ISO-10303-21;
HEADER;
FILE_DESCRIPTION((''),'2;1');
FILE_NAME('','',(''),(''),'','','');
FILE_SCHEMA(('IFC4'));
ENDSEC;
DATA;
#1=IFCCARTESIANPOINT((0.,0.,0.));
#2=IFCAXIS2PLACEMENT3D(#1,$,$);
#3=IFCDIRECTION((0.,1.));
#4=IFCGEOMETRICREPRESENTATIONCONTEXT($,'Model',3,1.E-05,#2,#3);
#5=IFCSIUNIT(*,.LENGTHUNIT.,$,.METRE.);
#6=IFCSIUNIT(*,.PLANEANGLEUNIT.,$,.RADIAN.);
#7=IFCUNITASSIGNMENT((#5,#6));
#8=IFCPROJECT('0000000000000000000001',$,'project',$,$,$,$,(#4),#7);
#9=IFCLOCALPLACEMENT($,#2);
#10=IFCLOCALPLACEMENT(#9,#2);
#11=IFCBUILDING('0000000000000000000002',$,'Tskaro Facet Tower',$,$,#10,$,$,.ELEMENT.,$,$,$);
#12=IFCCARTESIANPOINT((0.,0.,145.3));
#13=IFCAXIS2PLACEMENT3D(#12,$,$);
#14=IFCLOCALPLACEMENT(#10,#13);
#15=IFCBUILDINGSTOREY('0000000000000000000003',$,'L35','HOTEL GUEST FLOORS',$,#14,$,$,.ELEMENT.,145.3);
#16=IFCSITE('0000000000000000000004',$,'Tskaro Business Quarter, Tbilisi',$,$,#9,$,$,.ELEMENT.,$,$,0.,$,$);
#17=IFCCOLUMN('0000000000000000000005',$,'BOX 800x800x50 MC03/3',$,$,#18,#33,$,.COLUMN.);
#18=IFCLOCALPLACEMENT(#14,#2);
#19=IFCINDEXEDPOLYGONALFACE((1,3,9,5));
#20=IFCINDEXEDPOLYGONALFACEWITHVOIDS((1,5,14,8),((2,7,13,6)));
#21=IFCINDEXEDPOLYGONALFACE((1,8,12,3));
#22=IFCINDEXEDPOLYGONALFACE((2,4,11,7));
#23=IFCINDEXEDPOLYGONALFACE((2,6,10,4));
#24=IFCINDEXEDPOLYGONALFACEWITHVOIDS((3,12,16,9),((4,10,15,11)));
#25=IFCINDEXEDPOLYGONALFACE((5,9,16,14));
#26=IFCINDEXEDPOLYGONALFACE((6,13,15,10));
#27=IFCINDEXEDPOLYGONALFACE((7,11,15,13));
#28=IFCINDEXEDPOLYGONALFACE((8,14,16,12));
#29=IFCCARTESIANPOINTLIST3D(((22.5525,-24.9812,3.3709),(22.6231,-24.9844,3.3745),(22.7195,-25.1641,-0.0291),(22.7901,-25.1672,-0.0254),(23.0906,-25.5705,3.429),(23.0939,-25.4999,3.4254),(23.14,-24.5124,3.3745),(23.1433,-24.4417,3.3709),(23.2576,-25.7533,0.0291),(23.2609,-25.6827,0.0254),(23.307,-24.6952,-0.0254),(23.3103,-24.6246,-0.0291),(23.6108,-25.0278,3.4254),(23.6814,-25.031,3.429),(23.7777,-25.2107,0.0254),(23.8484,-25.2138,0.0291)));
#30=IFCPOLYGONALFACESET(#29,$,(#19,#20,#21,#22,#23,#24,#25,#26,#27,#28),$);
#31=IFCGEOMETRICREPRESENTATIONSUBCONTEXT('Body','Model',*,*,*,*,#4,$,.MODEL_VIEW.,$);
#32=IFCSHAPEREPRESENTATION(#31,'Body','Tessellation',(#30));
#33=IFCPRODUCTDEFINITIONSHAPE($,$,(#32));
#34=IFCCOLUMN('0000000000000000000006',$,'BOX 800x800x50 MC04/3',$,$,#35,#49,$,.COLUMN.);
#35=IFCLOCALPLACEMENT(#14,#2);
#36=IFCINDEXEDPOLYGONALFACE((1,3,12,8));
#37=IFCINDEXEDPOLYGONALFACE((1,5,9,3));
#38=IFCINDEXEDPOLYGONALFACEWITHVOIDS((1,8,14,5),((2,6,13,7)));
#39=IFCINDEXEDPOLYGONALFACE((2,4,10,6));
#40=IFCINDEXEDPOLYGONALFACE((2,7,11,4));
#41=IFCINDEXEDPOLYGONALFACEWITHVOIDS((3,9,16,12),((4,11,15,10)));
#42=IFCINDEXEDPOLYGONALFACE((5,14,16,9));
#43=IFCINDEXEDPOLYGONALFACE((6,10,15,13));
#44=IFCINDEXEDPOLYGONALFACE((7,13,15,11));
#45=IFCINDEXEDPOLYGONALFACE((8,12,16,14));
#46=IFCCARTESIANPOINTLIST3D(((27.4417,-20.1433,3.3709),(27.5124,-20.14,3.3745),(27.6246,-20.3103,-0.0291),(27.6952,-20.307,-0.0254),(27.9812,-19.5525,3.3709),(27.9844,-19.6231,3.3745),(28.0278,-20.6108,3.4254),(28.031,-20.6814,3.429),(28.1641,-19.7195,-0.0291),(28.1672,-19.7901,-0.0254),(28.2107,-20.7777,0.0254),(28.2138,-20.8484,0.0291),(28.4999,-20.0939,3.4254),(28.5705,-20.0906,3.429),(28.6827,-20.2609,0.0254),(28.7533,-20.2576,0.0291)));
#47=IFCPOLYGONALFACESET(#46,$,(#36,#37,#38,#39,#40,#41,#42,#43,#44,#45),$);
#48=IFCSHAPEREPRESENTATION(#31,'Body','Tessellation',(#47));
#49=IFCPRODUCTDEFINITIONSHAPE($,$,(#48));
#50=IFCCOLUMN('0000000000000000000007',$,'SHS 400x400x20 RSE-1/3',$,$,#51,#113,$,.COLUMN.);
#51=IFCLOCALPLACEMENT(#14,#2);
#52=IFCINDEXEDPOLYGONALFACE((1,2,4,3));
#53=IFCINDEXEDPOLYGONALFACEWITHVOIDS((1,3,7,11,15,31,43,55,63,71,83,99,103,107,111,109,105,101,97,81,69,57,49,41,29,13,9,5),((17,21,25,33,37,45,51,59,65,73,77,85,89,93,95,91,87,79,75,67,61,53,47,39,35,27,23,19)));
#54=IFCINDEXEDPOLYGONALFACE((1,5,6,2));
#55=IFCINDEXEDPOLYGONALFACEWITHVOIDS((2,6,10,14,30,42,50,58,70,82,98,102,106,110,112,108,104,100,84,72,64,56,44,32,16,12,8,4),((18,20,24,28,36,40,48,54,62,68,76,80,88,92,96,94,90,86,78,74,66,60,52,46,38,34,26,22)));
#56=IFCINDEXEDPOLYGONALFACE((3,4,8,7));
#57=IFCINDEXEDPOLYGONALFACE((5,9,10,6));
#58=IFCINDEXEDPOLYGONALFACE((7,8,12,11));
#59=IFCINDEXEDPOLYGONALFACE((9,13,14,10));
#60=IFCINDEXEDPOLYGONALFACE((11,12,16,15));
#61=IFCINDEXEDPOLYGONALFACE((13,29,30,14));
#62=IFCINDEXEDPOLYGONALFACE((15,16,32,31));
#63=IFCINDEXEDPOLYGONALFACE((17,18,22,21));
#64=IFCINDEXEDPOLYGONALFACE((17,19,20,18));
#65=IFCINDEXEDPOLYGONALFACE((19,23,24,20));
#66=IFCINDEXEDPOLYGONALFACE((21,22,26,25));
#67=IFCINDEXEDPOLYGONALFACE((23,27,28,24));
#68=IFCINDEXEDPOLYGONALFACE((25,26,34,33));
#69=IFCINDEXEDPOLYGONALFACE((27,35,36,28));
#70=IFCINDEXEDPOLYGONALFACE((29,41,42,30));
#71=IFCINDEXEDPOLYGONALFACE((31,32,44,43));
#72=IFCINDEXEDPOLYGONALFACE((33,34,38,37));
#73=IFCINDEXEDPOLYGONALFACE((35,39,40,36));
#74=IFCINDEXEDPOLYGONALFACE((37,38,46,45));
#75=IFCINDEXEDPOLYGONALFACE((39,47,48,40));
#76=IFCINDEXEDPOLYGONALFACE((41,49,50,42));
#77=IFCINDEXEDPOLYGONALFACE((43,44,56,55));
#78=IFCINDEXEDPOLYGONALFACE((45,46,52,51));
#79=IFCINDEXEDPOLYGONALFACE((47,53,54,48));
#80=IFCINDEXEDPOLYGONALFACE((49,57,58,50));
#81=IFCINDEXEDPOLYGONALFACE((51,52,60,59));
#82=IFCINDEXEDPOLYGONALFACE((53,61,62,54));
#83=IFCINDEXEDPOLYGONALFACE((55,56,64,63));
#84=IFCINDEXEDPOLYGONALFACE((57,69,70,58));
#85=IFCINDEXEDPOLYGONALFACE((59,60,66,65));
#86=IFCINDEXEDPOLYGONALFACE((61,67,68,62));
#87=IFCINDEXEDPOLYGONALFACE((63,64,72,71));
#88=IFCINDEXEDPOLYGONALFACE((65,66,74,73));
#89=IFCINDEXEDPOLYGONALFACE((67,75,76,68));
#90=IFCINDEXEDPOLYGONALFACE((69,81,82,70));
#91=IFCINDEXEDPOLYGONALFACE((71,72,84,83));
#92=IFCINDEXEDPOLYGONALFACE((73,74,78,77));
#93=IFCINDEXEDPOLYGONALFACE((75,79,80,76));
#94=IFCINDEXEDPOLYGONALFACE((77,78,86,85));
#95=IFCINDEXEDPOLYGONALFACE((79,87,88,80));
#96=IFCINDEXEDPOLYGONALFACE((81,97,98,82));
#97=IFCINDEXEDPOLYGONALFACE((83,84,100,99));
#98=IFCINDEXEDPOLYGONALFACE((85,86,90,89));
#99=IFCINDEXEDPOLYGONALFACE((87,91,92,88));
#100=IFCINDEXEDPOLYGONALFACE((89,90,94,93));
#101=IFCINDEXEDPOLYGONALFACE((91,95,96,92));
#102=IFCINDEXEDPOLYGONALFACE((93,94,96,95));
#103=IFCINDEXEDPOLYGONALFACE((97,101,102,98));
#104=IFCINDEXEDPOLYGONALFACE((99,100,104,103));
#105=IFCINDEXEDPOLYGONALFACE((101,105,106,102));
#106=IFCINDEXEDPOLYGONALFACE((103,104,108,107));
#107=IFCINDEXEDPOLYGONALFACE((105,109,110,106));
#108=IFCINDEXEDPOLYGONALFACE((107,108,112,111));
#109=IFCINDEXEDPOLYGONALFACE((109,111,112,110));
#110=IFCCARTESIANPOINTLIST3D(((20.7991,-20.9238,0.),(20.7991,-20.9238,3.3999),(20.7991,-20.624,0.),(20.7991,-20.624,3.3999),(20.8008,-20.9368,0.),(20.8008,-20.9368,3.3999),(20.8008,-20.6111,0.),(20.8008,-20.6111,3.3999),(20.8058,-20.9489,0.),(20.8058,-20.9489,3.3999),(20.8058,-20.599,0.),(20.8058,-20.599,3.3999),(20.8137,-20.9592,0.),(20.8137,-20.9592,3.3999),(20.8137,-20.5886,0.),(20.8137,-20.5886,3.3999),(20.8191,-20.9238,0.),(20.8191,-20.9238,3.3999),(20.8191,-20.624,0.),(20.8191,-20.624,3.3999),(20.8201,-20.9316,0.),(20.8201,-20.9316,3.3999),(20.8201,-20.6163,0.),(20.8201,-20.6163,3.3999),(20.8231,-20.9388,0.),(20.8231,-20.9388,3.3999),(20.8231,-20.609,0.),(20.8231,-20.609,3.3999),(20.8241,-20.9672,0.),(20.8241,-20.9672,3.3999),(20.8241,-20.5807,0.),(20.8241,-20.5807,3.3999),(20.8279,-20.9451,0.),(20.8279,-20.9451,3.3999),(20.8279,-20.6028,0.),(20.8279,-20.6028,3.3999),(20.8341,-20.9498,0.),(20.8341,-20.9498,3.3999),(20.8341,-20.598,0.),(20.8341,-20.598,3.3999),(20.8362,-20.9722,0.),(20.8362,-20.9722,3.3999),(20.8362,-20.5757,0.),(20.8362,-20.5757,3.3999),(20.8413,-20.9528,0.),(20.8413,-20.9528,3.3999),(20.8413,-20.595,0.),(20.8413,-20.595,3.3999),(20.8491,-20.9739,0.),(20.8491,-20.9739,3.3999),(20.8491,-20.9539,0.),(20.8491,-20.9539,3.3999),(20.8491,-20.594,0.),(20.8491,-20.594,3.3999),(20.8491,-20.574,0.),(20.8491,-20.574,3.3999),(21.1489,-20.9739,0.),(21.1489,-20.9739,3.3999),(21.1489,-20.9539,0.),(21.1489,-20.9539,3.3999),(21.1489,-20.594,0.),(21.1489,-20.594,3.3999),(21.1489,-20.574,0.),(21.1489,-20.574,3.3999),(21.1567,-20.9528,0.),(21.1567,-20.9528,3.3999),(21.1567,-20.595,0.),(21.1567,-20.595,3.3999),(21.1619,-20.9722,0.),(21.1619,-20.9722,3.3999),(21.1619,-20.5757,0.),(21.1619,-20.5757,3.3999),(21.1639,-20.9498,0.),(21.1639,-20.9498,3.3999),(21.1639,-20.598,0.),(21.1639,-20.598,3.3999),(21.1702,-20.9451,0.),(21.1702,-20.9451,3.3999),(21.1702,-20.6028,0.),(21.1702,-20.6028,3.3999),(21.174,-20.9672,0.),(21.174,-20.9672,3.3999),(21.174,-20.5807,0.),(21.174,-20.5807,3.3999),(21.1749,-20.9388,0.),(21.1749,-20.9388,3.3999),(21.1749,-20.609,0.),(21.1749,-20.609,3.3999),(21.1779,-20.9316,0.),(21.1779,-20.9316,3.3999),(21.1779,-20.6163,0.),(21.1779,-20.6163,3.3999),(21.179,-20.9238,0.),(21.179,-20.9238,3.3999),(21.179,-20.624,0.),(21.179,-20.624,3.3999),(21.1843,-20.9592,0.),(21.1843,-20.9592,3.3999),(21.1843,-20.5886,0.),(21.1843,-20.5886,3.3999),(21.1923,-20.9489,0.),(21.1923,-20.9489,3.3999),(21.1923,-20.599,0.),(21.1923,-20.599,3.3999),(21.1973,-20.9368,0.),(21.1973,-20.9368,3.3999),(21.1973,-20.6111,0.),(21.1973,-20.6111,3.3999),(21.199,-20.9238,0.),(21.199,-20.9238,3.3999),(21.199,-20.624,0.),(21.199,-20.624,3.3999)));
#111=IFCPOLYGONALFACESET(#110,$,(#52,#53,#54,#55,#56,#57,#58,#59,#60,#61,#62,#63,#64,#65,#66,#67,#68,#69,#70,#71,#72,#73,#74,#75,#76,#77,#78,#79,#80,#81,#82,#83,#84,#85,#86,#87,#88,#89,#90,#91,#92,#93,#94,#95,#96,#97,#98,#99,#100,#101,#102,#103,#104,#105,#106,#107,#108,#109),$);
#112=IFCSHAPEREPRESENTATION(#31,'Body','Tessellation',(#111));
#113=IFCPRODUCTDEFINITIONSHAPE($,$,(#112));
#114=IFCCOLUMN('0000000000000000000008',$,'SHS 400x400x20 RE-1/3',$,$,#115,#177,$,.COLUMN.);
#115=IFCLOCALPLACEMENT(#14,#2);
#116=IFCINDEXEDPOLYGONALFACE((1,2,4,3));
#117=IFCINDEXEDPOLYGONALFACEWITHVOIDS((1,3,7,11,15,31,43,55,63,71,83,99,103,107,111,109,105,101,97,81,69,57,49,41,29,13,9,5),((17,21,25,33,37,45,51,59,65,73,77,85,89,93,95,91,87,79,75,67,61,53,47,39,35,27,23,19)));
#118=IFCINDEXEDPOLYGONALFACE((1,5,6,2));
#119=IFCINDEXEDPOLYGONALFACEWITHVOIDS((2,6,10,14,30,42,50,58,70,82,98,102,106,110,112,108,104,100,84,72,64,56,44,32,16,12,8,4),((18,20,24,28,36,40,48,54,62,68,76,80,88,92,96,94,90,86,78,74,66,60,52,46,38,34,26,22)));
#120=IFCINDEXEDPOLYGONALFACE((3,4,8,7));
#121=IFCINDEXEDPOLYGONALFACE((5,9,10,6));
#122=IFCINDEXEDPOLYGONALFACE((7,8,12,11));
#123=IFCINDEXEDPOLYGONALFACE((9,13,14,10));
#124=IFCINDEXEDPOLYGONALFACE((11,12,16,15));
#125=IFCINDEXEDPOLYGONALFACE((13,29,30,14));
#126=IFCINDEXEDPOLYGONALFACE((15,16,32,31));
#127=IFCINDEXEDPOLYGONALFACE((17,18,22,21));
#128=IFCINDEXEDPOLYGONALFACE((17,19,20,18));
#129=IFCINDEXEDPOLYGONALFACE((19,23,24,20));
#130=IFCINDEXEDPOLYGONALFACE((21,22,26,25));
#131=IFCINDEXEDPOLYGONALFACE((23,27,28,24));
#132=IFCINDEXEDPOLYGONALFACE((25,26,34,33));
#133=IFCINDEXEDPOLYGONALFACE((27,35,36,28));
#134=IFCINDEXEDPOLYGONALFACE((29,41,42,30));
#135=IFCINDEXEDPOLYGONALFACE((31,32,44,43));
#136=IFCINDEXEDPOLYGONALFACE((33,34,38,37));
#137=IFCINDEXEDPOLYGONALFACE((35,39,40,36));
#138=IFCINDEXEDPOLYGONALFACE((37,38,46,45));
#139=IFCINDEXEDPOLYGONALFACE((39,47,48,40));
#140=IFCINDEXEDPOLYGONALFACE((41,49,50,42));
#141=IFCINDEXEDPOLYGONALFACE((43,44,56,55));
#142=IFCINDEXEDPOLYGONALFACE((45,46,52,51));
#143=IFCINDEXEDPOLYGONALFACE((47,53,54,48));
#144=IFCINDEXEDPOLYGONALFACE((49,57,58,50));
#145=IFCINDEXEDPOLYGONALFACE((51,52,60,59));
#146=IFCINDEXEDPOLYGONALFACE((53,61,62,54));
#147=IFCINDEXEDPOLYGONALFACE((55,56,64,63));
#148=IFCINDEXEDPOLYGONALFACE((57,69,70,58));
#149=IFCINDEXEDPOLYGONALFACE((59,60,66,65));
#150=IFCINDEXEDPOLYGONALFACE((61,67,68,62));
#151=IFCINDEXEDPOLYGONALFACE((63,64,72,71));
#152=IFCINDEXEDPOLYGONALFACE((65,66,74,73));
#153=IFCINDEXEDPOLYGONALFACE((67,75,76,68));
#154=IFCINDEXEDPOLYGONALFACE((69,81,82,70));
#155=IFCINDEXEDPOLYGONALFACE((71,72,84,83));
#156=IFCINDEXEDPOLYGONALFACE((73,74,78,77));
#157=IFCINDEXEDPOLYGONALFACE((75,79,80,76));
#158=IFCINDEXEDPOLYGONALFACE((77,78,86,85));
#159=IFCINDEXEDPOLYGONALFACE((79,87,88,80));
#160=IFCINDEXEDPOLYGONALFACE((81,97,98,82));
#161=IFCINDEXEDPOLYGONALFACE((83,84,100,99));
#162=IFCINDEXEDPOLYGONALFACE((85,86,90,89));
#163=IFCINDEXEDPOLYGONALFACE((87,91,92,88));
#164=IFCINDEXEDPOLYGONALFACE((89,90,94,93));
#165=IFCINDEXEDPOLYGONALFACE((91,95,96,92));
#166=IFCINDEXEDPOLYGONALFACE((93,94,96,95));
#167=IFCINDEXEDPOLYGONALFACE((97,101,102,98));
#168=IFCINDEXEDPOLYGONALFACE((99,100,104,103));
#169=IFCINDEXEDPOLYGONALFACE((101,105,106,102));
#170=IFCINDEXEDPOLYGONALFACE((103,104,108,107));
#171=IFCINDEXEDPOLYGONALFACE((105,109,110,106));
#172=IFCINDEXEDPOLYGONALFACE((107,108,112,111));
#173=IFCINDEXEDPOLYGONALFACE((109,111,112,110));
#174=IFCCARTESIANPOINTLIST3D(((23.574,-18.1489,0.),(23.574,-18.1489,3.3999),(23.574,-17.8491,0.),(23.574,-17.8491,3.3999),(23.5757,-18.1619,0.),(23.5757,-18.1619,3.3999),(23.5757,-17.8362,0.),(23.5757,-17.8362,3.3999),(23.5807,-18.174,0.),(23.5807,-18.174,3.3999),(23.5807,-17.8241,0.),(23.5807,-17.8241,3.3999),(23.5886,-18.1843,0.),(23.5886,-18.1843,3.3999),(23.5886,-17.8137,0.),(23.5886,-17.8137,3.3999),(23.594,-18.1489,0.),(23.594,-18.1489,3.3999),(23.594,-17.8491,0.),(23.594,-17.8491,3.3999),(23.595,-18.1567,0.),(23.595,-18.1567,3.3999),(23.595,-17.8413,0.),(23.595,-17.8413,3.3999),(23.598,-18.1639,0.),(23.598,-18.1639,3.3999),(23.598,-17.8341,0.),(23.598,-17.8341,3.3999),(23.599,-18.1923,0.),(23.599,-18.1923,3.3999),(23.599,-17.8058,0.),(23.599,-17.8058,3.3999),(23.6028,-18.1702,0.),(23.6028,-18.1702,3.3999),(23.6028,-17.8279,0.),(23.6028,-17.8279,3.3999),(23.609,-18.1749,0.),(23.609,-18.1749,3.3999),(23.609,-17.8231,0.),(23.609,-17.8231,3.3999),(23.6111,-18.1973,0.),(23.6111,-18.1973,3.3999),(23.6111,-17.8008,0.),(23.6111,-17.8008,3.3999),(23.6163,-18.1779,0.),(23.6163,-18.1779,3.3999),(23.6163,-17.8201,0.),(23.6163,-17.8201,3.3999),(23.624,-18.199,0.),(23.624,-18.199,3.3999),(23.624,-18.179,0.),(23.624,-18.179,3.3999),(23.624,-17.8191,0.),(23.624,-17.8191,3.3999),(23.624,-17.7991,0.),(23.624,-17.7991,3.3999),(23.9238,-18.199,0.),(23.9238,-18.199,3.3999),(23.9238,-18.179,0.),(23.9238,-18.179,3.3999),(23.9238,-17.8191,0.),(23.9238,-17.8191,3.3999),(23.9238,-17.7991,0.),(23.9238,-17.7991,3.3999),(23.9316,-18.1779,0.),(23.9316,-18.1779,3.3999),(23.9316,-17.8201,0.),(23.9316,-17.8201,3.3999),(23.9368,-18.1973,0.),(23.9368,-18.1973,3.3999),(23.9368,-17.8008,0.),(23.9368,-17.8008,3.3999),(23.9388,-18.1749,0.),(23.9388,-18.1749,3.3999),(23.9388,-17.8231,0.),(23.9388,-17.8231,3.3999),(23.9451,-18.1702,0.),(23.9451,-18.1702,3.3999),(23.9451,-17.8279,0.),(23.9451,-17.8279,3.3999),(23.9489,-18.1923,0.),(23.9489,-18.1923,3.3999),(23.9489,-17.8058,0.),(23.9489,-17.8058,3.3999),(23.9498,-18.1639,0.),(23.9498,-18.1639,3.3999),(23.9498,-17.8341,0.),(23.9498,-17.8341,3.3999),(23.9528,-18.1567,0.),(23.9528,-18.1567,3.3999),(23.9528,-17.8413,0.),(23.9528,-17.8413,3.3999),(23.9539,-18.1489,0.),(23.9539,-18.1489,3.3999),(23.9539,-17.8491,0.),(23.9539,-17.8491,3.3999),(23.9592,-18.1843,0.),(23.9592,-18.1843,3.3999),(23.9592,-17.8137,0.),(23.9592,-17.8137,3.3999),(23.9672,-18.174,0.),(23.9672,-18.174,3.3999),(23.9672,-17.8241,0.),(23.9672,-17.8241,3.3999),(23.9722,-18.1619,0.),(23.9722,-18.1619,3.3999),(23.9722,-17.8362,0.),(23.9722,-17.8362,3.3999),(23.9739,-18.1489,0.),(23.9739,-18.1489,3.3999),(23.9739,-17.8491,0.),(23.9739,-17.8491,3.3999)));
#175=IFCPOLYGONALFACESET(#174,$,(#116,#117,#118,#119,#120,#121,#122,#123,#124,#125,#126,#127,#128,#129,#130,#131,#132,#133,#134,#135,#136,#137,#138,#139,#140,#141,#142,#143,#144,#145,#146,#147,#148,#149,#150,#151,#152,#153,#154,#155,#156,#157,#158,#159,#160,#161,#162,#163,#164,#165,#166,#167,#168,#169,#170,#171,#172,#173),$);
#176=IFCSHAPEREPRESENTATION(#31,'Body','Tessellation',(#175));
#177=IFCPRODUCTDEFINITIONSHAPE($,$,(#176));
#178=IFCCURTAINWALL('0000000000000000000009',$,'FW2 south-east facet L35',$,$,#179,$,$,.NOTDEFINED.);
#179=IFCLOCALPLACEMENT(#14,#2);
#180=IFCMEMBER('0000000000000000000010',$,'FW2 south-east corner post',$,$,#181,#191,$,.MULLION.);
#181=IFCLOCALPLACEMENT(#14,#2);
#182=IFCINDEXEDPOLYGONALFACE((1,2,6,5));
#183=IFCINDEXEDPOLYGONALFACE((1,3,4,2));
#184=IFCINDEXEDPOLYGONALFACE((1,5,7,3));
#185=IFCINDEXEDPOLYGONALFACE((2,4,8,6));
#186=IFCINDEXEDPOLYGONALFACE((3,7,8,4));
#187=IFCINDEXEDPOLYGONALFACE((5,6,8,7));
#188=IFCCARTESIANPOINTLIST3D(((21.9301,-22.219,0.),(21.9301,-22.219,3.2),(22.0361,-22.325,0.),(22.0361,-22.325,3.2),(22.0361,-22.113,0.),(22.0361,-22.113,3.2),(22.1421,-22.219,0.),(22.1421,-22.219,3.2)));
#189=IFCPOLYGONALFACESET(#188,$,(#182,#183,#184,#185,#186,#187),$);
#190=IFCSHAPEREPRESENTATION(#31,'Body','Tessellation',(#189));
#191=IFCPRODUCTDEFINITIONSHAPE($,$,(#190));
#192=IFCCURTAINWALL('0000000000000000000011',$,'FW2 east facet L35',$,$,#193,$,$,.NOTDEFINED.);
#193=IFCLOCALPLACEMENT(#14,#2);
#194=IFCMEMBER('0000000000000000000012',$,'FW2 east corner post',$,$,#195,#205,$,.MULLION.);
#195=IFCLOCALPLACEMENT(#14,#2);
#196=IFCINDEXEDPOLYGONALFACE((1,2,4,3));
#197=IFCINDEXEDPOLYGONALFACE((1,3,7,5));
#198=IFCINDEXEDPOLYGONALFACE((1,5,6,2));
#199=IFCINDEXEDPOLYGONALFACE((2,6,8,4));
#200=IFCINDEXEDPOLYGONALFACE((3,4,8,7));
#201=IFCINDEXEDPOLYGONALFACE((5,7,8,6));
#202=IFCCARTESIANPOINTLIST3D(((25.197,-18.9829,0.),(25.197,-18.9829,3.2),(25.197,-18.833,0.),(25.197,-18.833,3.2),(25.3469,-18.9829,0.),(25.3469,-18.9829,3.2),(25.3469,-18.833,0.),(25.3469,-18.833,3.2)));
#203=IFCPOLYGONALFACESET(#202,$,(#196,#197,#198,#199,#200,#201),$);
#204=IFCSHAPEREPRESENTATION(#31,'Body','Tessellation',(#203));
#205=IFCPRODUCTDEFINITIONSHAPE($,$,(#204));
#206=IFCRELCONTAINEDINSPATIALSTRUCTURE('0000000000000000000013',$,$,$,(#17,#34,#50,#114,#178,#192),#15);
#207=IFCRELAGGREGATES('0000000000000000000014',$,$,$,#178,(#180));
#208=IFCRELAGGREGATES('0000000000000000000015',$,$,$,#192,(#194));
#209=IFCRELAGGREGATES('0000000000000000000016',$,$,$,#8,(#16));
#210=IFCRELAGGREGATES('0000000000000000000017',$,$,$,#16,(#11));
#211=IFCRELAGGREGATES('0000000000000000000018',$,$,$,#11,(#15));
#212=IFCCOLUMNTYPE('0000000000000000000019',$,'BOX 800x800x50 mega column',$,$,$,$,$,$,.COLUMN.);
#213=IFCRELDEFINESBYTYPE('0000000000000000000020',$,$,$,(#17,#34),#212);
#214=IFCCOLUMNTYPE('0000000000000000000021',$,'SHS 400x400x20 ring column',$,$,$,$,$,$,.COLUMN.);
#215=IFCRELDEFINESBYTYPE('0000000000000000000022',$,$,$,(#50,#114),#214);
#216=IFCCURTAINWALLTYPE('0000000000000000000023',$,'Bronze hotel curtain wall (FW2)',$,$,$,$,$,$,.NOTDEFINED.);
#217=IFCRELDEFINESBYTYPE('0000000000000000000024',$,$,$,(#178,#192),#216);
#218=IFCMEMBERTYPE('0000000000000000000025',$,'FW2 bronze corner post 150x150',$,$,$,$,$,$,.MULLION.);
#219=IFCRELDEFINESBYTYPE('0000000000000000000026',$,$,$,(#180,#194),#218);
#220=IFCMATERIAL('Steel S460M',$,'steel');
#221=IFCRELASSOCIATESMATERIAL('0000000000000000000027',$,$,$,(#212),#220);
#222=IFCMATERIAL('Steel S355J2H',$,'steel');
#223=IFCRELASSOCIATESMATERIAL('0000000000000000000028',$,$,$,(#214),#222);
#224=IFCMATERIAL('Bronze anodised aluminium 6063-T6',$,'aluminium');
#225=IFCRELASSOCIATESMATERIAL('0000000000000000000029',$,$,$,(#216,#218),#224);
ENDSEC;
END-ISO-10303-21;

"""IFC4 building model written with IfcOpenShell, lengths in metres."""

from ifc_helpers import new_model, si_unit, direction, frame, origin, origin_2d, place, context, subcontext, project, spatial, rectangle, hollow_rectangle, extrude, material, material_profile, profile_set, type_object, element, aggregate, save


model = new_model("IFC4")

# Units and contexts
model_context = context("Model", 3, precision=1e-05, world=origin(), true_north=direction((0.0, 1.0)))
body_context = subcontext(model_context, "Body", "Model", "MODEL_VIEW")
ifc_project = project(units=[si_unit("LENGTHUNIT", "METRE"), si_unit("PLANEANGLEUNIT", "RADIAN")], contexts=[model_context])

# Site, building, storey
site_placement = place(None, origin())
site = spatial("IfcSite", under=ifc_project, at=site_placement, Name="Tskaro Business Quarter, Tbilisi", CompositionType="ELEMENT", RefElevation=0.0)
building_placement = place(site_placement, origin())
building = spatial("IfcBuilding", under=site, at=building_placement, Name="Tskaro Facet Tower", CompositionType="ELEMENT")
storey_placement = place(building_placement, frame((0.0, 0.0, 145.3)))
storey = spatial("IfcBuildingStorey", under=building, at=storey_placement, Name="L35", Description="HOTEL GUEST FLOORS", CompositionType="ELEMENT", Elevation=145.3)

# Columns
ifc_material_1 = material(Name="Steel S460M", Category="steel")
ifc_material_profile_1 = material_profile(ifc_material_1, hollow_rectangle(XDim=0.8, YDim=0.8, WallThickness=0.05, at=origin_2d()), Name="BOX 800x800x50")
ifc_profile_set_1 = profile_set([ifc_material_profile_1], Name="Steel S460M")
column_type_1 = type_object("IfcColumnType", Name="BOX 800x800x50 mega column", PredefinedType="COLUMN", material=ifc_profile_set_1)
for number, where, z_axis, x_axis, name in (
    (1, (23.2839, -25.189, 0.0), (-0.048987, 0.053642, 0.997358), (-0.738421, -0.674339, 0.0), "BOX 800x800x50 MC03/3"),
    (2, (28.189, -20.2839, 0.0), (-0.053642, 0.048987, 0.997358), (-0.674339, -0.738421, 0.0), "BOX 800x800x50 MC04/3"),
):
    element("IfcColumn", number, at=place(storey_placement, frame(where, z_axis=z_axis, x_axis=x_axis)), inside=storey, type_object=column_type_1, Name=name, PredefinedType="COLUMN", context=body_context, shape_type="SweptSolid", body=[
        extrude(hollow_rectangle(XDim=0.8, YDim=0.8, WallThickness=0.05, at=origin_2d()), origin(), (0.0, 0.0, 1.0), 3.4089),
    ])
ifc_material_2 = material(Name="Steel S355J2H", Category="steel")
ifc_material_profile_2 = material_profile(ifc_material_2, hollow_rectangle(XDim=0.3999, YDim=0.3999, WallThickness=0.02, InnerFilletRadius=0.03, OuterFilletRadius=0.05, at=origin_2d()), Name="SHS 400x400x20")
ifc_profile_set_2 = profile_set([ifc_material_profile_2], Name="Steel S355J2H")
column_type_2 = type_object("IfcColumnType", Name="SHS 400x400x20 ring column", PredefinedType="COLUMN", material=ifc_profile_set_2)
for number, where, z_axis, x_axis, name in (
    (3, (20.999, -20.7739, 0.0), (0.0, 0.0, 1.0), (1.0, 0.0, 0.0), "SHS 400x400x20 RSE-1/3"),
    (4, (23.7739, -17.999, 0.0), (0.0, 0.0, 1.0), (1.0, 0.0, 0.0), "SHS 400x400x20 RE-1/3"),
):
    element("IfcColumn", number, at=place(storey_placement, frame(where, z_axis=z_axis, x_axis=x_axis)), inside=storey, type_object=column_type_2, Name=name, PredefinedType="COLUMN", context=body_context, shape_type="SweptSolid", body=[
        extrude(hollow_rectangle(XDim=0.3999, YDim=0.3999, WallThickness=0.02, InnerFilletRadius=0.03, OuterFilletRadius=0.05, at=origin_2d()), origin(), (0.0, 0.0, 1.0), 3.3999),
    ])

# Curtain walls, members
ifc_material_3 = material(Name="Bronze anodised aluminium 6063-T6", Category="aluminium")
curtain_wall_type = type_object("IfcCurtainWallType", Name="Bronze hotel curtain wall (FW2)", PredefinedType="NOTDEFINED", material=ifc_material_3)
curtain_wall_1_placement = place(storey_placement, origin())
curtain_wall_1 = element("IfcCurtainWall", 5, at=curtain_wall_1_placement, inside=storey, type_object=curtain_wall_type, Name="FW2 south-east facet L35", PredefinedType="NOTDEFINED")
ifc_material_profile_3 = material_profile(ifc_material_3, rectangle(XDim=0.1499, YDim=0.1499, at=origin_2d()), Name="Corner post 150x150")
ifc_profile_set_3 = profile_set([ifc_material_profile_3], Name="Bronze anodised aluminium 6063-T6")
member_type_1 = type_object("IfcMemberType", Name="FW2 bronze corner post 150x150", PredefinedType="MULLION", material=ifc_profile_set_3)
member_1_placement = place(storey_placement, frame((22.0361, -22.219, 0.0), z_axis=(0.0, 0.0, 1.0), x_axis=(0.707107, 0.707107, 0.0)))
member_1 = element("IfcMember", 6, at=member_1_placement, type_object=member_type_1, Name="FW2 south-east corner post", PredefinedType="MULLION", context=body_context, shape_type="SweptSolid", body=[
    extrude(rectangle(XDim=0.1499, YDim=0.1499, at=origin_2d()), origin(), (0.0, 0.0, 1.0), 3.2),
])
curtain_wall_2_placement = place(storey_placement, origin())
curtain_wall_2 = element("IfcCurtainWall", 7, at=curtain_wall_2_placement, inside=storey, type_object=curtain_wall_type, Name="FW2 east facet L35", PredefinedType="NOTDEFINED")
member_2_placement = place(storey_placement, frame((25.272, -18.908, 0.0), z_axis=(0.0, 0.0, 1.0), x_axis=(0.0, 1.0, 0.0)))
member_2 = element("IfcMember", 8, at=member_2_placement, type_object=member_type_1, Name="FW2 east corner post", PredefinedType="MULLION", context=body_context, shape_type="SweptSolid", body=[
    extrude(rectangle(XDim=0.1499, YDim=0.1499, at=origin_2d()), origin(), (0.0, 0.0, 1.0), 3.2),
])

aggregate(curtain_wall_1, [member_1])
aggregate(curtain_wall_2, [member_2])

save(model, "model.ifc")
